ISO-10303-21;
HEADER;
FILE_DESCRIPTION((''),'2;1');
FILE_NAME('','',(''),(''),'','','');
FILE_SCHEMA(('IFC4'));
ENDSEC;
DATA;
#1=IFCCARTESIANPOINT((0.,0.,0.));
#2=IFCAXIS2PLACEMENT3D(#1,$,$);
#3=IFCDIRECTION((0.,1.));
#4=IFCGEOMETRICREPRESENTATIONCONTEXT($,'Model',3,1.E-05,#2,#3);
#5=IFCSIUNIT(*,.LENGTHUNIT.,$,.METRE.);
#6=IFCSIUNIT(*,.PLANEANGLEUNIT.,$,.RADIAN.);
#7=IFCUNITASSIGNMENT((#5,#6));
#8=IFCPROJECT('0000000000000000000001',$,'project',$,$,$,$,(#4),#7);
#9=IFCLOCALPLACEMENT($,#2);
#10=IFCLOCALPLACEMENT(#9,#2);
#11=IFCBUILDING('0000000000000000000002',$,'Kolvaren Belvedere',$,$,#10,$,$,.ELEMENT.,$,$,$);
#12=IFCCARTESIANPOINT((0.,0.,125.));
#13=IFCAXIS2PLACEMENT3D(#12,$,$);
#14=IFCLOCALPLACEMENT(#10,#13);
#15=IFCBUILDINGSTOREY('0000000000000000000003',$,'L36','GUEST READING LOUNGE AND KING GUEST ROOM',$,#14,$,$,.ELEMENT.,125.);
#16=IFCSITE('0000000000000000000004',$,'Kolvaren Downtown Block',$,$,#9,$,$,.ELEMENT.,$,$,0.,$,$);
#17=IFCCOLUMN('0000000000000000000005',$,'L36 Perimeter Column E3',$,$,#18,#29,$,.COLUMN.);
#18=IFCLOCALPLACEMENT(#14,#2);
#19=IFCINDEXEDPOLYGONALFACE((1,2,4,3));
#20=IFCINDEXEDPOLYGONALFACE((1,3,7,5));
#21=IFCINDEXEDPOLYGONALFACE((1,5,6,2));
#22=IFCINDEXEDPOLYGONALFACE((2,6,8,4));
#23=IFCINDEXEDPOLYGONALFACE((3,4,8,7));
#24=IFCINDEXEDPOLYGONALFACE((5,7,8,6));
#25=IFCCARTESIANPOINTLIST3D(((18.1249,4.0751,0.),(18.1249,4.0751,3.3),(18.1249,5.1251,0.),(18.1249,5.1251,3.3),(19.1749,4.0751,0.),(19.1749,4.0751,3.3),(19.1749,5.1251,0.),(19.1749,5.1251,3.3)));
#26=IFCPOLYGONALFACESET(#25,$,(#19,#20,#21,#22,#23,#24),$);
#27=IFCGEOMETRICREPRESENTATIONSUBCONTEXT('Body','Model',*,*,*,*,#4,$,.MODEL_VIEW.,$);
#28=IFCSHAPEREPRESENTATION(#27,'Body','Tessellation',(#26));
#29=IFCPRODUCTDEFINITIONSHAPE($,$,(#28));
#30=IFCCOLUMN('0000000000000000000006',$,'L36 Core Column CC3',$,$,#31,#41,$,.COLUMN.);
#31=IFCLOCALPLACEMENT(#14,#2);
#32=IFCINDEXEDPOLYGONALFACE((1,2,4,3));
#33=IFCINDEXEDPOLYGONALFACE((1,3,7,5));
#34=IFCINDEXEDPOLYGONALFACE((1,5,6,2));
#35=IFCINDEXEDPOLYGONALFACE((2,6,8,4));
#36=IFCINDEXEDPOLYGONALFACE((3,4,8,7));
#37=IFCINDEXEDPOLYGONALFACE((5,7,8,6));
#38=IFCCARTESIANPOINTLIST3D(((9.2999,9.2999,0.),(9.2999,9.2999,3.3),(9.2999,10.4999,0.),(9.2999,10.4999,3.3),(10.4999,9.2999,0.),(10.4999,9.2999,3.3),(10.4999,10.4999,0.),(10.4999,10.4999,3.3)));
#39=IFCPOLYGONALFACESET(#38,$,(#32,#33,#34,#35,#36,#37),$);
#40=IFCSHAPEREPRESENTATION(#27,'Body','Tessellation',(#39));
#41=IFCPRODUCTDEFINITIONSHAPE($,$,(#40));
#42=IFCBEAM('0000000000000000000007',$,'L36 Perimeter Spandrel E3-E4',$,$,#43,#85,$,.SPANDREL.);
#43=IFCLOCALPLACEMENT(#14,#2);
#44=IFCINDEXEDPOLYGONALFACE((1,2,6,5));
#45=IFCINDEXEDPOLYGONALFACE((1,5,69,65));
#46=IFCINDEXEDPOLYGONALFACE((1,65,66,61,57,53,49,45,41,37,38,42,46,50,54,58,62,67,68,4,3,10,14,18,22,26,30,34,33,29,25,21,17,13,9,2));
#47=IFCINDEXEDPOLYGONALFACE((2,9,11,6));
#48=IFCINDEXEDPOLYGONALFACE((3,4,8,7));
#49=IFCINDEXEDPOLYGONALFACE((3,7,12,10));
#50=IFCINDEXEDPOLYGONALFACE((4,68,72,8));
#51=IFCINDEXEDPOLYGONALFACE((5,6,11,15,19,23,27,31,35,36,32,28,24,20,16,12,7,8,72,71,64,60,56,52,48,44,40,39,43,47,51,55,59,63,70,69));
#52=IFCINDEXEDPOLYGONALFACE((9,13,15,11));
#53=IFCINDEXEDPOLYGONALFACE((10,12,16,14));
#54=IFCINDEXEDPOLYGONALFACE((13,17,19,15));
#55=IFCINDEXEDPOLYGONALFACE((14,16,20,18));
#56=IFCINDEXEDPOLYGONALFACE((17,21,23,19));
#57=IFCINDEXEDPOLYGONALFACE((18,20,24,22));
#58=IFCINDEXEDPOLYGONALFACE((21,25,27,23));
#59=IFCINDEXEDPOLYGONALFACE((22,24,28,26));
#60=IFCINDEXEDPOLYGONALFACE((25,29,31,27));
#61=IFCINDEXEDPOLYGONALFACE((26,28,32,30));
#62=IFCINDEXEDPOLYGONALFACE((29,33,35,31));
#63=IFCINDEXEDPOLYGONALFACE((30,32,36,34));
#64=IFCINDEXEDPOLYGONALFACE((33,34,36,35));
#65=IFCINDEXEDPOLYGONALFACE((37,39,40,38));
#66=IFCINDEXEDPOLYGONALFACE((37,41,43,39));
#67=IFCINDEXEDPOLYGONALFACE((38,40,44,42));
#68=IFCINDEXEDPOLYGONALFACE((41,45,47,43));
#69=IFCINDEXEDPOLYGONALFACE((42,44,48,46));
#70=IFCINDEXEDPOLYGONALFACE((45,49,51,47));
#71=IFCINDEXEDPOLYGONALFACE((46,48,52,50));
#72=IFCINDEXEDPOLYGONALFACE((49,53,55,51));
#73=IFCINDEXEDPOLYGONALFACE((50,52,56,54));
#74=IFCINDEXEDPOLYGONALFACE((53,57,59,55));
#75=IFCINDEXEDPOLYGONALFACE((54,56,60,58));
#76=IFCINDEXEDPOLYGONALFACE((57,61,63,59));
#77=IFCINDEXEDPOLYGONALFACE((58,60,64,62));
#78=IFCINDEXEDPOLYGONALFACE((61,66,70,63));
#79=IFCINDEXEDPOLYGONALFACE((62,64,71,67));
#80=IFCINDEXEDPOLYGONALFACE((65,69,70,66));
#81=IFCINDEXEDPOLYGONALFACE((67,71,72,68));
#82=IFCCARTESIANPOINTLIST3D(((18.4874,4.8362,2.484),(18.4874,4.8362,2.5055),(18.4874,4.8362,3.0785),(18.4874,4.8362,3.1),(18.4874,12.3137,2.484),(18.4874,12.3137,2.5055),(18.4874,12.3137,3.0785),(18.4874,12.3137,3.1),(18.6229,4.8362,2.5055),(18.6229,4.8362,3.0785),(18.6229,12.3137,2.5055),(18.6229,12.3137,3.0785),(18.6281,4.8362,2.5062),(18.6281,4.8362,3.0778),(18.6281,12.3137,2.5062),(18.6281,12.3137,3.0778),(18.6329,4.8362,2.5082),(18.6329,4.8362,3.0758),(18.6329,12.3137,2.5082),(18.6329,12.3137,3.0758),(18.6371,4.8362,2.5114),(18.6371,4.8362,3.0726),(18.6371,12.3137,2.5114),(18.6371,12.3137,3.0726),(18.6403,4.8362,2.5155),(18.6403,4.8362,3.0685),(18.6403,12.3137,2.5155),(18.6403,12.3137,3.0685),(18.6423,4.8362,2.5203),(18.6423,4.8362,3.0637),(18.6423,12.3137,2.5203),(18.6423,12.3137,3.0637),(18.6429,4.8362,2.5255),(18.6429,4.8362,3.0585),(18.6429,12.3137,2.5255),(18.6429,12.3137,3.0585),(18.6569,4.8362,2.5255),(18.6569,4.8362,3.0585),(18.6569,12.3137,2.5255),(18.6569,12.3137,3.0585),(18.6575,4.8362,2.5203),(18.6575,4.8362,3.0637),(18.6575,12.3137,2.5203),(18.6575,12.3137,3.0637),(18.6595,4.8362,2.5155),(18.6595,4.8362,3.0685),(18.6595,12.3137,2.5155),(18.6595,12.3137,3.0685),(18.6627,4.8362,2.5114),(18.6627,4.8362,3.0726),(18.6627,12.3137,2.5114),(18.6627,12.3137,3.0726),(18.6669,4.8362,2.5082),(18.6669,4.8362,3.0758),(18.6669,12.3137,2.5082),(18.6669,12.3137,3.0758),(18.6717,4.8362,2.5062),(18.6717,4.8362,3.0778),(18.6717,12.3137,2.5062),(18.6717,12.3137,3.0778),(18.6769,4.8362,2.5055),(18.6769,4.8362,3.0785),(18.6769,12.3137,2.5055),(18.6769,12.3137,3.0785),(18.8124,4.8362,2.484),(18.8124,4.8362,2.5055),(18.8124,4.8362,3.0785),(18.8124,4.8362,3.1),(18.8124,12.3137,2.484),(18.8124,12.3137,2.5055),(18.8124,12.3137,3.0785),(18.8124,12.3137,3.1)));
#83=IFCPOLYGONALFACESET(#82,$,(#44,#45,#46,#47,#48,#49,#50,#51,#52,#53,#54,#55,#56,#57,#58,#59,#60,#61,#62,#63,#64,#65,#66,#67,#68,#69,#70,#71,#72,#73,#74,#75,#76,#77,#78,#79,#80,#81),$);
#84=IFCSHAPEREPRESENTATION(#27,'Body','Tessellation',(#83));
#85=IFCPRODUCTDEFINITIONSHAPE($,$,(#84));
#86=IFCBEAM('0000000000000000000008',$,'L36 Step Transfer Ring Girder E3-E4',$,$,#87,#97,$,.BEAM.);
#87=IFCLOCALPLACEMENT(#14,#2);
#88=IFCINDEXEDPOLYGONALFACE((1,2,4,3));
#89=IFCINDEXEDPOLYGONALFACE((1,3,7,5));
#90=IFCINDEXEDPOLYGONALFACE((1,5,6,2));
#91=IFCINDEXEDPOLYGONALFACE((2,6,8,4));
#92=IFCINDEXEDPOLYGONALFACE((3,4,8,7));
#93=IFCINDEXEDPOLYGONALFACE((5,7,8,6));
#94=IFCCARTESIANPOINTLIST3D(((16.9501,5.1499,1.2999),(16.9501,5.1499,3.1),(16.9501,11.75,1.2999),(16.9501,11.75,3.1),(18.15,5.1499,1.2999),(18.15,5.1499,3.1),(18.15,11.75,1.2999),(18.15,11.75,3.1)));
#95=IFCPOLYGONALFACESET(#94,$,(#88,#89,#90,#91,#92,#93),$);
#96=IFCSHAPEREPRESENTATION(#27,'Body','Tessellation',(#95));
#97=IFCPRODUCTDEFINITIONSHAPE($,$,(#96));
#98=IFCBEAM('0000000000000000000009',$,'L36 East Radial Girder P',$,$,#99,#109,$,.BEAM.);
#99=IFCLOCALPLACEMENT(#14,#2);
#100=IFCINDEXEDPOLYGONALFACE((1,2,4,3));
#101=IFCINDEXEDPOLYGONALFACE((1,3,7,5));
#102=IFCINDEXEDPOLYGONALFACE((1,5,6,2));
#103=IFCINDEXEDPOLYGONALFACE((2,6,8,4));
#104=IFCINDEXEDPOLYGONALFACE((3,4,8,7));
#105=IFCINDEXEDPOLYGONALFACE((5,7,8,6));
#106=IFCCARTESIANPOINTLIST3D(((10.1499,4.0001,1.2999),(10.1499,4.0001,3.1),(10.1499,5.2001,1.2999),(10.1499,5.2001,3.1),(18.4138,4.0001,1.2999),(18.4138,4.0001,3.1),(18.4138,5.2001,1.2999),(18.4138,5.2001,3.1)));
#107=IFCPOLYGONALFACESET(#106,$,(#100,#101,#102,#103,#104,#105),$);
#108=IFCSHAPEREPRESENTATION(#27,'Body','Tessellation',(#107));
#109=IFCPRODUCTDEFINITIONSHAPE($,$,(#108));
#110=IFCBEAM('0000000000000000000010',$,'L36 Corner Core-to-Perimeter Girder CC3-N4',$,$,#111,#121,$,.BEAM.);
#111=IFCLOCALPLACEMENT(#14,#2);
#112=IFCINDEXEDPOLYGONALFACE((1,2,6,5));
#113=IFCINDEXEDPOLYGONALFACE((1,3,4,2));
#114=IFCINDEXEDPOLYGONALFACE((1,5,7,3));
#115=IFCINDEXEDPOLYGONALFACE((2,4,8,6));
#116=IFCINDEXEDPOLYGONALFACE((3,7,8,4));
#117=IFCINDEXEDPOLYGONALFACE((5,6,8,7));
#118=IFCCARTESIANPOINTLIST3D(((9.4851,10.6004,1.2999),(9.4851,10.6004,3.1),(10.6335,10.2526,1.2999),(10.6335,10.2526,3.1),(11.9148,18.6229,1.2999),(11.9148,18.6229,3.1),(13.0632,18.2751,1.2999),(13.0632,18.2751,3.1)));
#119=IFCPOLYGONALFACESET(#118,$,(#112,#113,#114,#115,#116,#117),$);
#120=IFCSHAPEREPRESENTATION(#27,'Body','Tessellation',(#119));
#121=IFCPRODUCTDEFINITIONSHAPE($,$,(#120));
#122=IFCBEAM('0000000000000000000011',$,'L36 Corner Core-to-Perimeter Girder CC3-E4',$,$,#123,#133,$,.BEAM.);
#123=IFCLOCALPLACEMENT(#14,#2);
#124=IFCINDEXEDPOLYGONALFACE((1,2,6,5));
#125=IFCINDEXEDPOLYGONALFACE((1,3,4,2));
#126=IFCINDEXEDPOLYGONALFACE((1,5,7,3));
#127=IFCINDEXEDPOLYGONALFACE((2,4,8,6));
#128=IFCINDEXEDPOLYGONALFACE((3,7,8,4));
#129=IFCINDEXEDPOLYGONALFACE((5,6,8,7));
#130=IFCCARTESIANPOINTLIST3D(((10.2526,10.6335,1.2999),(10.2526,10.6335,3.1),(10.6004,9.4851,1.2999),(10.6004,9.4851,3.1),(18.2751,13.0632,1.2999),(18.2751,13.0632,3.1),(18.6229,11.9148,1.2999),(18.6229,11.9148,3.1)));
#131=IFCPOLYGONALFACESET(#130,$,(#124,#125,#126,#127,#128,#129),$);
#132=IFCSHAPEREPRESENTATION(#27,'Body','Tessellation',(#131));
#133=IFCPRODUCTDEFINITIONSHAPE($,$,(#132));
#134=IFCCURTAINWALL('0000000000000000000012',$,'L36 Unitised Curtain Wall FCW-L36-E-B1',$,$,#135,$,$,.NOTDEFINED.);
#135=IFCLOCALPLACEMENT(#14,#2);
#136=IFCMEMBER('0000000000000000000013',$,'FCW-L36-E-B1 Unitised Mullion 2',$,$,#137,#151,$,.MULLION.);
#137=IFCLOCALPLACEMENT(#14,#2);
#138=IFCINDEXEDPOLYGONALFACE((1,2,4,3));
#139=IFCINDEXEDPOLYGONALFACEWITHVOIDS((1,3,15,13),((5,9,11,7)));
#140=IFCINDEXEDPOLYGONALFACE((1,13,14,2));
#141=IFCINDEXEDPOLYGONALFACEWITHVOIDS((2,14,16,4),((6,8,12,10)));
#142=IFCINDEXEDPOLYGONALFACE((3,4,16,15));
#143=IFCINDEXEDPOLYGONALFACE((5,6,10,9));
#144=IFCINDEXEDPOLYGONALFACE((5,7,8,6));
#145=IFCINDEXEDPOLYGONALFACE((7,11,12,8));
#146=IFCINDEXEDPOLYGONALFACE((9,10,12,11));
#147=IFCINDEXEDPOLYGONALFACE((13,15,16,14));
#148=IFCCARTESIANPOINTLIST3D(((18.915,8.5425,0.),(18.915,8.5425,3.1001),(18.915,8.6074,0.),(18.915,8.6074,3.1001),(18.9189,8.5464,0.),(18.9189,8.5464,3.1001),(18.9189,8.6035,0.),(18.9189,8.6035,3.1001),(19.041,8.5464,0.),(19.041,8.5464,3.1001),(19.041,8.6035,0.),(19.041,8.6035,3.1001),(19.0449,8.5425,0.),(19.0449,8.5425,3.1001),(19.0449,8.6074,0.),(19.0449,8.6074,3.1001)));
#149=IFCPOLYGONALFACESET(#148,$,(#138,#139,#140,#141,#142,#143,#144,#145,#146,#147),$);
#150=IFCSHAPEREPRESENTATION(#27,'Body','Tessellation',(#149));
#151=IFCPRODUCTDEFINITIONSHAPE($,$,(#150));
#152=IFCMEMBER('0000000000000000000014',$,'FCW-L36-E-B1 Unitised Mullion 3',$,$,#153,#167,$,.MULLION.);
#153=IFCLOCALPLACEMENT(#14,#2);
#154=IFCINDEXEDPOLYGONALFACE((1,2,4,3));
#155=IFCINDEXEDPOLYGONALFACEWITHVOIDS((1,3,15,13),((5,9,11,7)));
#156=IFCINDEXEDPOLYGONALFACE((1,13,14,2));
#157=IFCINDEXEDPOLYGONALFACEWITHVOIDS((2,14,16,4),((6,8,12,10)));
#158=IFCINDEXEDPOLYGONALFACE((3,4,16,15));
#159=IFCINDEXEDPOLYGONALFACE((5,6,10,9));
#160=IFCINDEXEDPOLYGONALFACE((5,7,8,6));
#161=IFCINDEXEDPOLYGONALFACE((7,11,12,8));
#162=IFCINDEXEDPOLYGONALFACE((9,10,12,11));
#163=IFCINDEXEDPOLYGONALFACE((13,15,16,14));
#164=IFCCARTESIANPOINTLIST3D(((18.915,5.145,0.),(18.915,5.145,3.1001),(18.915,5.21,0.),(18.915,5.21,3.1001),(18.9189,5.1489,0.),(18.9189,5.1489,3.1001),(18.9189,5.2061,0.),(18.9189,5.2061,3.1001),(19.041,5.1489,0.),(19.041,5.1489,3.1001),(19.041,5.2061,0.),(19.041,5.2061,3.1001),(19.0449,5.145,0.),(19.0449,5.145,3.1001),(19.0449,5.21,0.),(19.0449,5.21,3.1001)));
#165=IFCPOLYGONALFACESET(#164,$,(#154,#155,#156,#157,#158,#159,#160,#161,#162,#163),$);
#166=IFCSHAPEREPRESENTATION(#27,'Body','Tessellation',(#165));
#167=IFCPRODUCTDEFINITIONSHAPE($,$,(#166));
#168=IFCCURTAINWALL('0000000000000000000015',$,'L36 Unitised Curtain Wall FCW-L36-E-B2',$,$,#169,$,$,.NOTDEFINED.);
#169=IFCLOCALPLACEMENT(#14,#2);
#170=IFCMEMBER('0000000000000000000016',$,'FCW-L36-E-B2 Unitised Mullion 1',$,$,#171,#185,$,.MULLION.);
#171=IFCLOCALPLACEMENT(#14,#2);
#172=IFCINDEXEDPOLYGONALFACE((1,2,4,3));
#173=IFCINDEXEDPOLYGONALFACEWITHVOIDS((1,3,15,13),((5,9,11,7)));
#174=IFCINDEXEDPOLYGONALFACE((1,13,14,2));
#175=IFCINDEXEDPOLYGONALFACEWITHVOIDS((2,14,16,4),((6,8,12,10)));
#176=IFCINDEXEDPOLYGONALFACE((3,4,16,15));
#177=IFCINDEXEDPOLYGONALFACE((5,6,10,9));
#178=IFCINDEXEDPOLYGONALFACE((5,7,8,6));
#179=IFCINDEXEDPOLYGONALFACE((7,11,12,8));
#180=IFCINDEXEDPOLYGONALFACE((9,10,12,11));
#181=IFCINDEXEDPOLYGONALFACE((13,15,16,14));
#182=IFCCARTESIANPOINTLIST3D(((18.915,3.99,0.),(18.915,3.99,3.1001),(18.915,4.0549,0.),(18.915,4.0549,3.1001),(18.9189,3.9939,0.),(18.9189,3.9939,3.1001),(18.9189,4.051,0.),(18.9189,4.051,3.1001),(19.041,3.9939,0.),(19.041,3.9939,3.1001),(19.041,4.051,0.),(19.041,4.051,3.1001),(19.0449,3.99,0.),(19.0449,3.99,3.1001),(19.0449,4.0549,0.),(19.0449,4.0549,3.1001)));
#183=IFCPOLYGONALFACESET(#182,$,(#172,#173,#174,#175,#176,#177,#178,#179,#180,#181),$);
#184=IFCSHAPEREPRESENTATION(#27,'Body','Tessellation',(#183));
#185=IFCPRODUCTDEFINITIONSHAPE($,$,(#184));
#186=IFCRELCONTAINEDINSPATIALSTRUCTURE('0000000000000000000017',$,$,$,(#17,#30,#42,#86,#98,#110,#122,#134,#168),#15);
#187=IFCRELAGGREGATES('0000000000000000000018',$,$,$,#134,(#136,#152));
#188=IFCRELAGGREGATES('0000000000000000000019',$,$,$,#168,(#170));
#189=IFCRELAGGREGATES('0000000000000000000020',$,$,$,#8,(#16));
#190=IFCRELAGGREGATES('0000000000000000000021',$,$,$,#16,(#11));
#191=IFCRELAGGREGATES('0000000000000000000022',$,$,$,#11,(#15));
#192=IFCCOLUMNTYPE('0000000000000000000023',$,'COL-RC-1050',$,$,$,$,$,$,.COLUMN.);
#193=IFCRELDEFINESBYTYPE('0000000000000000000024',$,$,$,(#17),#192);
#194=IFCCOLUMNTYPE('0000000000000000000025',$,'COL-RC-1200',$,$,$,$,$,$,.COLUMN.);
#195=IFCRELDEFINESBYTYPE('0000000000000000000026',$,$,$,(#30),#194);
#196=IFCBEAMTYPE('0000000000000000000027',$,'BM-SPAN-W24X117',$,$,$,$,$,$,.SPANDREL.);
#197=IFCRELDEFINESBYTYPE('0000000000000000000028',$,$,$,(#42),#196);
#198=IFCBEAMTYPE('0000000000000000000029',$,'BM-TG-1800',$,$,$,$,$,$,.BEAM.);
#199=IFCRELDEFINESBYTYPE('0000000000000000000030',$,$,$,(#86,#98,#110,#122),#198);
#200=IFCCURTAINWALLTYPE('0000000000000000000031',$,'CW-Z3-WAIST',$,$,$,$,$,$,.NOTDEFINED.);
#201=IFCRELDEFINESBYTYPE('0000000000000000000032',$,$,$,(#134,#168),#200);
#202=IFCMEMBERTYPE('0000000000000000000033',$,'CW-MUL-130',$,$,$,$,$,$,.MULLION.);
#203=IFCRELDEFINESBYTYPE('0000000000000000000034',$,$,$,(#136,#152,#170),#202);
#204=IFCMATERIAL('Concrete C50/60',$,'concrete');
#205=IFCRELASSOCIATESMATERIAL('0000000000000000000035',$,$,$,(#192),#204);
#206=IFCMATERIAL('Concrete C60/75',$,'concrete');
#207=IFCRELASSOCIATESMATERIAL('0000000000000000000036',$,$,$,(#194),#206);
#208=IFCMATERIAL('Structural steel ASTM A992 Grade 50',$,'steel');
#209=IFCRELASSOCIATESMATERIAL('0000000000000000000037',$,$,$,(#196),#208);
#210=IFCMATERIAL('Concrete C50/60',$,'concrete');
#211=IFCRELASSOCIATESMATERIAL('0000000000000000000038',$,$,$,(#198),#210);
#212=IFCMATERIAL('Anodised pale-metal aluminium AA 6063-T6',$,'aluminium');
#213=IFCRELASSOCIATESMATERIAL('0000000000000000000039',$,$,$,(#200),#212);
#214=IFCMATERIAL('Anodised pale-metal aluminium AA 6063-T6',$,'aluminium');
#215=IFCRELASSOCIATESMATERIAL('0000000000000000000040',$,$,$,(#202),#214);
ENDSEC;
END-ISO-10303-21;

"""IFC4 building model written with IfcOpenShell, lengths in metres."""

from ifc_helpers import new_model, si_unit, direction, frame, origin, origin_2d, place, context, subcontext, project, spatial, rectangle, hollow_rectangle, i_section, extrude, material, material_profile, profile_set, type_object, element, aggregate, save


model = new_model("IFC4")

# Units and contexts
model_context = context("Model", 3, precision=1e-05, world=origin(), true_north=direction((0.0, 1.0)))
body_context = subcontext(model_context, "Body", "Model", "MODEL_VIEW")
ifc_project = project(units=[si_unit("LENGTHUNIT", "METRE"), si_unit("PLANEANGLEUNIT", "RADIAN")], contexts=[model_context])

# Site, building, storey
site_placement = place(None, origin())
site = spatial("IfcSite", under=ifc_project, at=site_placement, Name="Kolvaren Downtown Block", CompositionType="ELEMENT", RefElevation=0.0)
building_placement = place(site_placement, origin())
building = spatial("IfcBuilding", under=site, at=building_placement, Name="Kolvaren Belvedere", CompositionType="ELEMENT")
storey_placement = place(building_placement, frame((0.0, 0.0, 125.0)))
storey = spatial("IfcBuildingStorey", under=building, at=storey_placement, Name="L36", Description="GUEST READING LOUNGE AND KING GUEST ROOM", CompositionType="ELEMENT", Elevation=125.0)

# Columns
ifc_material_1 = material(Name="Concrete C50/60", Category="concrete")
ifc_material_profile_1 = material_profile(ifc_material_1, rectangle(XDim=1.05, YDim=1.05, at=origin_2d()), Name="RC 1050X1050")
ifc_profile_set_1 = profile_set([ifc_material_profile_1], Name="Concrete C50/60")
column_type_1 = type_object("IfcColumnType", Name="COL-RC-1050", PredefinedType="COLUMN", material=ifc_profile_set_1)
column_1_placement = place(storey_placement, frame((18.6499, 4.6001, 0.0), z_axis=(0.0, 0.0, 1.0), x_axis=(1.0, 0.0, 0.0)))
element("IfcColumn", 1, at=column_1_placement, inside=storey, type_object=column_type_1, Name="L36 Perimeter Column E3", PredefinedType="COLUMN", context=body_context, shape_type="SweptSolid", body=[
    extrude(rectangle(XDim=1.05, YDim=1.05, at=origin_2d()), origin(), (0.0, 0.0, 1.0), 3.3),
])
ifc_material_2 = material(Name="Concrete C60/75", Category="concrete")
ifc_material_profile_2 = material_profile(ifc_material_2, rectangle(XDim=1.2, YDim=1.2, at=origin_2d()), Name="RC 1200X1200")
ifc_profile_set_2 = profile_set([ifc_material_profile_2], Name="Concrete C60/75")
column_type_2 = type_object("IfcColumnType", Name="COL-RC-1200", PredefinedType="COLUMN", material=ifc_profile_set_2)
column_2_placement = place(storey_placement, frame((9.8999, 9.8999, 0.0), z_axis=(0.0, 0.0, 1.0), x_axis=(1.0, 0.0, 0.0)))
element("IfcColumn", 2, at=column_2_placement, inside=storey, type_object=column_type_2, Name="L36 Core Column CC3", PredefinedType="COLUMN", context=body_context, shape_type="SweptSolid", body=[
    extrude(rectangle(XDim=1.2, YDim=1.2, at=origin_2d()), origin(), (0.0, 0.0, 1.0), 3.3),
])

# Beams
ifc_material_3 = material(Name="Structural steel ASTM A992 Grade 50", Category="steel")
ifc_material_profile_3 = material_profile(ifc_material_3, i_section(OverallWidth=0.325, OverallDepth=0.616, WebThickness=0.0139, FlangeThickness=0.0215, FilletRadius=0.02, at=origin_2d()), Name="W24X117")
ifc_profile_set_3 = profile_set([ifc_material_profile_3], Name="Structural steel ASTM A992 Grade 50")
beam_type_1 = type_object("IfcBeamType", Name="BM-SPAN-W24X117", PredefinedType="SPANDREL", material=ifc_profile_set_3)
beam_1_placement = place(storey_placement, frame((18.6499, 4.8362, 2.792), z_axis=(0.0, 1.0, 0.0), x_axis=(-1.0, 0.0, 0.0)))
element("IfcBeam", 3, at=beam_1_placement, inside=storey, type_object=beam_type_1, Name="L36 Perimeter Spandrel E3-E4", PredefinedType="SPANDREL", context=body_context, shape_type="SweptSolid", body=[
    extrude(i_section(OverallWidth=0.325, OverallDepth=0.616, WebThickness=0.0139, FlangeThickness=0.0215, FilletRadius=0.02, at=origin_2d()), origin(), (0.0, 0.0, 1.0), 7.4775),
])
ifc_material_4 = material(Name="Concrete C50/60", Category="concrete")
ifc_material_profile_4 = material_profile(ifc_material_4, rectangle(XDim=1.2, YDim=1.8, at=origin_2d()), Name="RC 1200X1800")
ifc_profile_set_4 = profile_set([ifc_material_profile_4], Name="Concrete C50/60")
beam_type_2 = type_object("IfcBeamType", Name="BM-TG-1800", PredefinedType="BEAM", material=ifc_profile_set_4)
beam_2_placement = place(storey_placement, frame((17.55, 5.1499, 2.2), z_axis=(0.0, 1.0, 0.0), x_axis=(-1.0, 0.0, 0.0)))
element("IfcBeam", 4, at=beam_2_placement, inside=storey, type_object=beam_type_2, Name="L36 Step Transfer Ring Girder E3-E4", PredefinedType="BEAM", context=body_context, shape_type="SweptSolid", body=[
    extrude(rectangle(XDim=1.2, YDim=1.8, at=origin_2d()), origin(), (0.0, 0.0, 1.0), 6.6001),
])
beam_3_placement = place(storey_placement, frame((10.1499, 4.6001, 2.2), z_axis=(1.0, 0.0, 0.0), x_axis=(0.0, 1.0, 0.0)))
element("IfcBeam", 5, at=beam_3_placement, inside=storey, type_object=beam_type_2, Name="L36 East Radial Girder P", PredefinedType="BEAM", context=body_context, shape_type="SweptSolid", body=[
    extrude(rectangle(XDim=1.2, YDim=1.8, at=origin_2d()), origin(), (0.0, 0.0, 1.0), 8.2639),
])
for number, where, z_axis, x_axis, name in (
    (6, (10.0593, 10.4265, 2.2), (0.289859, 0.957069, 0.0), (-0.957069, 0.289859, 0.0), "L36 Corner Core-to-Perimeter Girder CC3-N4"),
    (7, (10.4265, 10.0593, 2.2), (0.957069, 0.289859, 0.0), (-0.289859, 0.957069, 0.0), "L36 Corner Core-to-Perimeter Girder CC3-E4"),
):
    element("IfcBeam", number, at=place(storey_placement, frame(where, z_axis=z_axis, x_axis=x_axis)), inside=storey, type_object=beam_type_2, Name=name, PredefinedType="BEAM", context=body_context, shape_type="SweptSolid", body=[
        extrude(rectangle(XDim=1.2, YDim=1.8, at=origin_2d()), origin(), (0.0, 0.0, 1.0), 8.3823),
    ])

# Curtain walls, members
ifc_material_5 = material(Name="Anodised pale-metal aluminium AA 6063-T6", Category="aluminium")
curtain_wall_type = type_object("IfcCurtainWallType", Name="CW-Z3-WAIST", PredefinedType="NOTDEFINED", material=ifc_material_5)
curtain_wall_1_placement = place(storey_placement, origin())
curtain_wall_1 = element("IfcCurtainWall", 8, at=curtain_wall_1_placement, inside=storey, type_object=curtain_wall_type, Name="L36 Unitised Curtain Wall FCW-L36-E-B1", PredefinedType="NOTDEFINED")
ifc_material_6 = material(Name="Anodised pale-metal aluminium AA 6063-T6", Category="aluminium")
ifc_material_profile_5 = material_profile(ifc_material_6, hollow_rectangle(XDim=0.0649, YDim=0.1299, WallThickness=0.0039, at=origin_2d()), Name="ALU-MUL-130X65")
ifc_profile_set_5 = profile_set([ifc_material_profile_5], Name="Anodised pale-metal aluminium AA 6063-T6")
member_type_1 = type_object("IfcMemberType", Name="CW-MUL-130", PredefinedType="MULLION", material=ifc_profile_set_5)
member_1_placement = place(storey_placement, frame((18.98, 8.575, 0.0), z_axis=(0.0, 0.0, 1.0), x_axis=(0.0, 1.0, 0.0)))
member_1 = element("IfcMember", 9, at=member_1_placement, type_object=member_type_1, Name="FCW-L36-E-B1 Unitised Mullion 2", PredefinedType="MULLION", context=body_context, shape_type="SweptSolid", body=[
    extrude(hollow_rectangle(XDim=0.0649, YDim=0.1299, WallThickness=0.0039, at=origin_2d()), origin(), (0.0, 0.0, 1.0), 3.1001),
])
member_2_placement = place(storey_placement, frame((18.98, 5.1775, 0.0), z_axis=(0.0, 0.0, 1.0), x_axis=(0.0, 1.0, 0.0)))
member_2 = element("IfcMember", 10, at=member_2_placement, type_object=member_type_1, Name="FCW-L36-E-B1 Unitised Mullion 3", PredefinedType="MULLION", context=body_context, shape_type="SweptSolid", body=[
    extrude(hollow_rectangle(XDim=0.0649, YDim=0.1299, WallThickness=0.0039, at=origin_2d()), origin(), (0.0, 0.0, 1.0), 3.1001),
])
curtain_wall_2_placement = place(storey_placement, origin())
curtain_wall_2 = element("IfcCurtainWall", 11, at=curtain_wall_2_placement, inside=storey, type_object=curtain_wall_type, Name="L36 Unitised Curtain Wall FCW-L36-E-B2", PredefinedType="NOTDEFINED")
member_3_placement = place(storey_placement, frame((18.98, 4.0225, 0.0), z_axis=(0.0, 0.0, 1.0), x_axis=(0.0, 1.0, 0.0)))
member_3 = element("IfcMember", 12, at=member_3_placement, type_object=member_type_1, Name="FCW-L36-E-B2 Unitised Mullion 1", PredefinedType="MULLION", context=body_context, shape_type="SweptSolid", body=[
    extrude(hollow_rectangle(XDim=0.0649, YDim=0.1299, WallThickness=0.0039, at=origin_2d()), origin(), (0.0, 0.0, 1.0), 3.1001),
])

aggregate(curtain_wall_1, [member_1, member_2])
aggregate(curtain_wall_2, [member_3])

save(model, "model.ifc")
